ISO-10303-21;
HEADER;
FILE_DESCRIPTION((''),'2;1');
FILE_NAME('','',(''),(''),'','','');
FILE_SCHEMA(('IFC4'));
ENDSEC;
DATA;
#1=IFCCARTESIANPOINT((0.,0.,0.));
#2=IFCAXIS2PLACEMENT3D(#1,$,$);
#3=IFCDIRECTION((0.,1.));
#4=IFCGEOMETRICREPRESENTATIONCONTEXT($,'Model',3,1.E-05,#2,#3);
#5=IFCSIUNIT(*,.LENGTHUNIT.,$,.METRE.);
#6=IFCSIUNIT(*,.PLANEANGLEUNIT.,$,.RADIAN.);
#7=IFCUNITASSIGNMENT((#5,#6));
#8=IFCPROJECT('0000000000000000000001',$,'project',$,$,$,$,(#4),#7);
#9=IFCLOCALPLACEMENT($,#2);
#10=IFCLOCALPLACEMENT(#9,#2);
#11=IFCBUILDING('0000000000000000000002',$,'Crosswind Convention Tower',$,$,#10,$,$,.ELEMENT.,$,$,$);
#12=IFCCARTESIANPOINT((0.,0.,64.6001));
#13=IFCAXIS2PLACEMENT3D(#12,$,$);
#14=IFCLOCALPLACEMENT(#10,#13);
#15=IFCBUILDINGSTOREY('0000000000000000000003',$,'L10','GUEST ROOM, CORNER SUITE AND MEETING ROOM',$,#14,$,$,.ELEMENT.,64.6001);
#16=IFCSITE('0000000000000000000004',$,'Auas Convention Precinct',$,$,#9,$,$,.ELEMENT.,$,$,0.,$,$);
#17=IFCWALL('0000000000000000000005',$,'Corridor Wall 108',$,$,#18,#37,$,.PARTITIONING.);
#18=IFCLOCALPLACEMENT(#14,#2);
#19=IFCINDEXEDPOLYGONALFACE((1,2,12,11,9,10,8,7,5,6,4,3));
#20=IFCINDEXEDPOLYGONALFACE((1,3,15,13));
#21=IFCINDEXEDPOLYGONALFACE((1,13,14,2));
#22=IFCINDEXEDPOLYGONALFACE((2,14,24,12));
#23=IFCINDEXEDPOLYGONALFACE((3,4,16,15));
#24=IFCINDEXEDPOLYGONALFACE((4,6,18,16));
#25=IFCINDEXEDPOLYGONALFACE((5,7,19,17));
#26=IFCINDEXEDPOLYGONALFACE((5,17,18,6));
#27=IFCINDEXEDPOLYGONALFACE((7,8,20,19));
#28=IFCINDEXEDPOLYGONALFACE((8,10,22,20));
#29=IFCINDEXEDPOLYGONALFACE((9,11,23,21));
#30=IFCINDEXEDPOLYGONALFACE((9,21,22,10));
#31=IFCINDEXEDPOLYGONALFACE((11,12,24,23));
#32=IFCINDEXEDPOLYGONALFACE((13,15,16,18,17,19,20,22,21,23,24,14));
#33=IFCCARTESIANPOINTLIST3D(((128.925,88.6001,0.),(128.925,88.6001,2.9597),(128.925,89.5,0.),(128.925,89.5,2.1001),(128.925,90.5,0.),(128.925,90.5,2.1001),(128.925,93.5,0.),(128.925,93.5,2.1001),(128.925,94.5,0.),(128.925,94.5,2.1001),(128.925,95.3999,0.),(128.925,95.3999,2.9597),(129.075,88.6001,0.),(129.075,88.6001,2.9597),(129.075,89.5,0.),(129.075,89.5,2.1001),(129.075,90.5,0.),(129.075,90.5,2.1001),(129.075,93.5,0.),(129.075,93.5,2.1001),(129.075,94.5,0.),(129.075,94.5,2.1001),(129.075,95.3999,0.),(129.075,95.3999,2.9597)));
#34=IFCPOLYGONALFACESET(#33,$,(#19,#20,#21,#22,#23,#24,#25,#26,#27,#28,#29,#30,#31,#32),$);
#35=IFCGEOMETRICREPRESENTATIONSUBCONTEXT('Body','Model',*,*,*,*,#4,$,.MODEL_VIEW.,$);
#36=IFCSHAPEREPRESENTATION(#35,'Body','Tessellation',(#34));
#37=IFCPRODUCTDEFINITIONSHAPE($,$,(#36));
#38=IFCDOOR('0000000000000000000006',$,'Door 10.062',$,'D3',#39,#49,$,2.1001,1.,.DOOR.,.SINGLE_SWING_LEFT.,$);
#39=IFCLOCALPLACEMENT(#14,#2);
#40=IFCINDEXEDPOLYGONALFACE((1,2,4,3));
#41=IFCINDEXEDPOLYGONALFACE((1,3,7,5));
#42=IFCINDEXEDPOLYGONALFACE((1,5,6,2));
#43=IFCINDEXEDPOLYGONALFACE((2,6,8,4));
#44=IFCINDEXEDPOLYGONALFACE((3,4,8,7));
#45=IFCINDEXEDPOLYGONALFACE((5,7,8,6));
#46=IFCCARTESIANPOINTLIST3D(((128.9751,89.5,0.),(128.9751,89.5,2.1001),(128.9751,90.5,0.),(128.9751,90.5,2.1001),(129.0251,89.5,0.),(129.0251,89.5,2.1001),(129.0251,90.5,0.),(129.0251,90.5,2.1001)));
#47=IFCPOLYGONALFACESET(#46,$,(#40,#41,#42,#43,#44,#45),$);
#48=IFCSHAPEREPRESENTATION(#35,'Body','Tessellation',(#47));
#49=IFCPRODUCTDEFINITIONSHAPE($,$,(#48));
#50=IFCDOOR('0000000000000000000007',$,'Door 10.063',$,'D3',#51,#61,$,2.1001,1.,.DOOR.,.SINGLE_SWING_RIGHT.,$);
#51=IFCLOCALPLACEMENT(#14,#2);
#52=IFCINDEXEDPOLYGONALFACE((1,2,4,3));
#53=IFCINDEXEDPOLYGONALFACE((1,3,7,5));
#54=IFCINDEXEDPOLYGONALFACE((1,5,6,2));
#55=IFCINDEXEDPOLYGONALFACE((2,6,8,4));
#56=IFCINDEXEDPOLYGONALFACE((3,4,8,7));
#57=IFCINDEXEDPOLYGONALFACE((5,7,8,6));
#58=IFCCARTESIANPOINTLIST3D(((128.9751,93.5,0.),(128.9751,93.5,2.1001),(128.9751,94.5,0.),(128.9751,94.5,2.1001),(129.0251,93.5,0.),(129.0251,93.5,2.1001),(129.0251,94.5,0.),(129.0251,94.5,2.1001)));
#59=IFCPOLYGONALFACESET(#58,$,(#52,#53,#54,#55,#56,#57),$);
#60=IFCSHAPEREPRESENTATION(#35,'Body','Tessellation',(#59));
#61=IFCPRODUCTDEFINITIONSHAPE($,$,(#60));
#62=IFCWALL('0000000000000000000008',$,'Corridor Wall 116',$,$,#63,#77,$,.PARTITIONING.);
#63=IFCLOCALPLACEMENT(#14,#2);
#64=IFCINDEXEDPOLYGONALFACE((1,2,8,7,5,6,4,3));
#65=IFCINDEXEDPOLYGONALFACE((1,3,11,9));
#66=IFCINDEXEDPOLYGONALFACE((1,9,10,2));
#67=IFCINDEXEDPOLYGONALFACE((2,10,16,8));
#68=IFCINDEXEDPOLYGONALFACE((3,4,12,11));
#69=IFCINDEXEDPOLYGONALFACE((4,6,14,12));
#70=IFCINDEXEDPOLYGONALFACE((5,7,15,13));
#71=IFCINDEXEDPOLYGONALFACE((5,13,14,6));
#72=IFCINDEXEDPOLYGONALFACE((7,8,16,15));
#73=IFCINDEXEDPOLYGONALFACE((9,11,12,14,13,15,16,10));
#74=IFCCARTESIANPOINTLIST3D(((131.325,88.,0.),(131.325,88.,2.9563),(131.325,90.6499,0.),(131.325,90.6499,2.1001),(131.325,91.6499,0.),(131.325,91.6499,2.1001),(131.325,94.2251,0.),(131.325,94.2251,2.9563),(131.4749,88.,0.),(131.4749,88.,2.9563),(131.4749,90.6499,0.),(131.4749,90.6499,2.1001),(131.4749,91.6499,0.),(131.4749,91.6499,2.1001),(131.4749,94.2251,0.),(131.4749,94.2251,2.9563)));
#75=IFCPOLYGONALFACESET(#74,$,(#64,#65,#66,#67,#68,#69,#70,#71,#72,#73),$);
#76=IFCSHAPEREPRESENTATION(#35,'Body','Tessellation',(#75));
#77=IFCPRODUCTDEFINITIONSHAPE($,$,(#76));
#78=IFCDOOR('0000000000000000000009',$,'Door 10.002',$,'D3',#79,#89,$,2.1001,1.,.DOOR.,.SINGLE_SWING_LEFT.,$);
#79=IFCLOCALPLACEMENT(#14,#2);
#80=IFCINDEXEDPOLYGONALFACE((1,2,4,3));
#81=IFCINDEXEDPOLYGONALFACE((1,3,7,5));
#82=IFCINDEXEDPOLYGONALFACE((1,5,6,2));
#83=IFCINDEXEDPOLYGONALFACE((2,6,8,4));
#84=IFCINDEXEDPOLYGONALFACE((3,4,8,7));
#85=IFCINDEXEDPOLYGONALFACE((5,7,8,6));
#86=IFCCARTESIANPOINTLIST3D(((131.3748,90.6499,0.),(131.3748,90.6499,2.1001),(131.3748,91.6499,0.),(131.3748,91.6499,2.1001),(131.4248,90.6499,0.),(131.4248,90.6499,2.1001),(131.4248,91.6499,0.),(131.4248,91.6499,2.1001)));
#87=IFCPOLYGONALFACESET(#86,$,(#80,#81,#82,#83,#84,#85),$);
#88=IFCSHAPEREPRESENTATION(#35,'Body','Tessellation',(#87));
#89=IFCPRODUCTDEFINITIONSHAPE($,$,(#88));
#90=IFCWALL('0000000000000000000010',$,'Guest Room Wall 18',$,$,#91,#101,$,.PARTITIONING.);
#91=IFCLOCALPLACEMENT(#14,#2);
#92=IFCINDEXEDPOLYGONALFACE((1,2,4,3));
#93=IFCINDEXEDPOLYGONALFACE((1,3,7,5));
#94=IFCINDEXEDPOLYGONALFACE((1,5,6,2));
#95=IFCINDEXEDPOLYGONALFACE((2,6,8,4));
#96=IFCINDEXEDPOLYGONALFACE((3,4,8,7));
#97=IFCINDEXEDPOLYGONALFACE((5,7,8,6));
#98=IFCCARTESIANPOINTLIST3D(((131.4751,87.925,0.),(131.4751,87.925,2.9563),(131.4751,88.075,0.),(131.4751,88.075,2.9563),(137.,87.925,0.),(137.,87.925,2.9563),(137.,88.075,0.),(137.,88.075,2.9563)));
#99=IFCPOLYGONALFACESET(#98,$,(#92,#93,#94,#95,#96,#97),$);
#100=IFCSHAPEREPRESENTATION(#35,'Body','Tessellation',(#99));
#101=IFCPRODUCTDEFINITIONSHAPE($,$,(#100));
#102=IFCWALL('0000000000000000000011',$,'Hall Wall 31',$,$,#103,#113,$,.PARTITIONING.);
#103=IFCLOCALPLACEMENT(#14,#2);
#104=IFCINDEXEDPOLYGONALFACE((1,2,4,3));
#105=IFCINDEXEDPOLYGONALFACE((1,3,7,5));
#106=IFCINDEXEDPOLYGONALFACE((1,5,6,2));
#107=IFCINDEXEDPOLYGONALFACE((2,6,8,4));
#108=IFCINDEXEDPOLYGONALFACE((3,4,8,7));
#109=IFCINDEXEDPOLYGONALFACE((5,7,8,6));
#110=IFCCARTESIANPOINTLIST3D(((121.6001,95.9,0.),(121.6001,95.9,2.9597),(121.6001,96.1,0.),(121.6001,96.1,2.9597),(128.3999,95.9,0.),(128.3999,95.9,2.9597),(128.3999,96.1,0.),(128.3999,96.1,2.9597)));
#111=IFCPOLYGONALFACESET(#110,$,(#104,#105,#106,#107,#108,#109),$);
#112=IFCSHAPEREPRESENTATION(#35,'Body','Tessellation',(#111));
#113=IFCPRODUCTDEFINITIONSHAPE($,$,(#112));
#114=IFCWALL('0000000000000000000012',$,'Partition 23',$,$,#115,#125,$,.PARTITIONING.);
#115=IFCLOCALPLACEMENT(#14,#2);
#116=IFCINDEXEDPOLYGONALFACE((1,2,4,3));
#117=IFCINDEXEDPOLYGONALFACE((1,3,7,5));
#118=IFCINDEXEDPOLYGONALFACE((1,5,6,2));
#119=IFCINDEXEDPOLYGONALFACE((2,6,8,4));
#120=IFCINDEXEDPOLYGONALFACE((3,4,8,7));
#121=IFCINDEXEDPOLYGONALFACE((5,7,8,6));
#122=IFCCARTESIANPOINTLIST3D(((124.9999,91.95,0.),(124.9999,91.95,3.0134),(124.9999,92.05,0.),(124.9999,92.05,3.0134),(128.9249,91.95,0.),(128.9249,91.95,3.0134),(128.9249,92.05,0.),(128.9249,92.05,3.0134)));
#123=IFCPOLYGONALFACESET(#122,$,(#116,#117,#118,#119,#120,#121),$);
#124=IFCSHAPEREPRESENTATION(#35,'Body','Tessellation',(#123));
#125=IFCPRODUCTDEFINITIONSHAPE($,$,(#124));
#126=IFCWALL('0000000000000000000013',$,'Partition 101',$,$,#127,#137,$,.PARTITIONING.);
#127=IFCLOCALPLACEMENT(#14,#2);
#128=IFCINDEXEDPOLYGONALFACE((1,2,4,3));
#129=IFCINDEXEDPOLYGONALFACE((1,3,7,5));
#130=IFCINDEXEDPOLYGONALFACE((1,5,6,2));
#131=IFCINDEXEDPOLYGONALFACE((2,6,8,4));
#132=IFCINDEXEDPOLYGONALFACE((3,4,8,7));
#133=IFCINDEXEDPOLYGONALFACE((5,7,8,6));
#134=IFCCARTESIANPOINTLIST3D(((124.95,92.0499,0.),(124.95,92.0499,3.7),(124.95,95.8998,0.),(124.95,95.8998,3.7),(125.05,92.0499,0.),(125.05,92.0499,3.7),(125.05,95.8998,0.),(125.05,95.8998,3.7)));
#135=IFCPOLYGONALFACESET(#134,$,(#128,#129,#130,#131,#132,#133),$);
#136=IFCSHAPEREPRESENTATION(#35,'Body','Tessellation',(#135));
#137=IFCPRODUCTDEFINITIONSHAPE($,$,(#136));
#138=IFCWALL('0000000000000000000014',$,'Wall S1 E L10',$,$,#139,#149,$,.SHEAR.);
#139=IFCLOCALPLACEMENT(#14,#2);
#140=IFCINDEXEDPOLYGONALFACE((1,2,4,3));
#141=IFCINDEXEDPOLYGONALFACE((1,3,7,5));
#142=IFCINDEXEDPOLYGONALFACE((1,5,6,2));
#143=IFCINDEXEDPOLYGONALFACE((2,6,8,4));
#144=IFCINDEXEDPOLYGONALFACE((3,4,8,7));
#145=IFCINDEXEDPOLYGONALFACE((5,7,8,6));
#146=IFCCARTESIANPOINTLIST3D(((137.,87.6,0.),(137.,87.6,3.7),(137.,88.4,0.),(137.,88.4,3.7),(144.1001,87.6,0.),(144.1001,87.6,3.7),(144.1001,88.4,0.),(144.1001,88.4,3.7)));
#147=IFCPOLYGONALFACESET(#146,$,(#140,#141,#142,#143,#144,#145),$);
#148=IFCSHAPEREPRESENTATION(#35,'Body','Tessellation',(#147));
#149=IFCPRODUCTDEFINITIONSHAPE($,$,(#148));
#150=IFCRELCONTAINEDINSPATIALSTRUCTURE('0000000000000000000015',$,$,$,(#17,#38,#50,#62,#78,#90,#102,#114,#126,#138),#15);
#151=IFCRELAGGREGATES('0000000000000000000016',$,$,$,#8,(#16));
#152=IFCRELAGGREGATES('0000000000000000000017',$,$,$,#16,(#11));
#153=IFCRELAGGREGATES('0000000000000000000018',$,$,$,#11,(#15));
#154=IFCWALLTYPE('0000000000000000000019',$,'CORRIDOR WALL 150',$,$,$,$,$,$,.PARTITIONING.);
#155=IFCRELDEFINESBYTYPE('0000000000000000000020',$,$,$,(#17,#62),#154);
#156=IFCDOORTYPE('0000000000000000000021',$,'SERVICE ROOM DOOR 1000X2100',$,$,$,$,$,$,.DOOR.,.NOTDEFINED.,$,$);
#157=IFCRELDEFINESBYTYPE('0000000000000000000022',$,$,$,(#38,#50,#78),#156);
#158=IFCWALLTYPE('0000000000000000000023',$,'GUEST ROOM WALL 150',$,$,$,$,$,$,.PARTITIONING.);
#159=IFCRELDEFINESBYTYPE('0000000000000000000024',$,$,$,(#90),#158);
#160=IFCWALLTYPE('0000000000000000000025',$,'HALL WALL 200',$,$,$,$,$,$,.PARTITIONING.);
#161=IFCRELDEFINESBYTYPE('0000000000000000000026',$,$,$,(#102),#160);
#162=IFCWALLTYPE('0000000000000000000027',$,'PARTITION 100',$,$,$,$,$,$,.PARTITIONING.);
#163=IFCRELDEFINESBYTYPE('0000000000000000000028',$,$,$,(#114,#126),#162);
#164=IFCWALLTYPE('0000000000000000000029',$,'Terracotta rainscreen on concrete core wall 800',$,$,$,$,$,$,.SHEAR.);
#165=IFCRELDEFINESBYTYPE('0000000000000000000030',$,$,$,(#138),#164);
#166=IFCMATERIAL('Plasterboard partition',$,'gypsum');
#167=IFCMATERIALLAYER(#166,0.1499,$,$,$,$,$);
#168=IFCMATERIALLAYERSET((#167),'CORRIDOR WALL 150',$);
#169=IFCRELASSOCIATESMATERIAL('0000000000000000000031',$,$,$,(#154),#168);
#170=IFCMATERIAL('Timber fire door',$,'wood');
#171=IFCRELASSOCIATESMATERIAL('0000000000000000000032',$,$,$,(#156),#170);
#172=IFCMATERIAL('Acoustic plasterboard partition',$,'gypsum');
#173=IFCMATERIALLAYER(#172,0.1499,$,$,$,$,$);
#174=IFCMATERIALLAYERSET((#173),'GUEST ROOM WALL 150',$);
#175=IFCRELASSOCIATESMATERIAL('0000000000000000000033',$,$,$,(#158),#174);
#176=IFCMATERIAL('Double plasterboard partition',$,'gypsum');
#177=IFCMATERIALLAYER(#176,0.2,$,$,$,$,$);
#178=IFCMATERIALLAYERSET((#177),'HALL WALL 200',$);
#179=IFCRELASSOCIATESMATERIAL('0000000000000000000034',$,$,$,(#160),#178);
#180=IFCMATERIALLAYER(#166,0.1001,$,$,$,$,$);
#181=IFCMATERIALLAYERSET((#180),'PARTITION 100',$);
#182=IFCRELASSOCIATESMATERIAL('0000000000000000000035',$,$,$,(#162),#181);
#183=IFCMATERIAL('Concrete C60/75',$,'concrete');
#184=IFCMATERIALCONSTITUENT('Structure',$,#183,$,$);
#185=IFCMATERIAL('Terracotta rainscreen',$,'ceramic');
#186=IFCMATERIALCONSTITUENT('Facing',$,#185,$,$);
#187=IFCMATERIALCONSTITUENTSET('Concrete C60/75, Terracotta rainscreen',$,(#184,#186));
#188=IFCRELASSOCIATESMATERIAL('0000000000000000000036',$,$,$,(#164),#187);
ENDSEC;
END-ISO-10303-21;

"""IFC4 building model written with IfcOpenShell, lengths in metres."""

from ifc_helpers import new_model, si_unit, direction, frame, frame_2d, origin, place, context, subcontext, project, spatial, rectangle, extrude, material, layer, layer_set, constituent, constituent_set, type_object, element, fill, save


model = new_model("IFC4")

# Units and contexts
model_context = context("Model", 3, precision=1e-05, world=origin(), true_north=direction((0.0, 1.0)))
body_context = subcontext(model_context, "Body", "Model", "MODEL_VIEW")
ifc_project = project(units=[si_unit("LENGTHUNIT", "METRE"), si_unit("PLANEANGLEUNIT", "RADIAN")], contexts=[model_context])

# Site, building, storey
site_placement = place(None, origin())
site = spatial("IfcSite", under=ifc_project, at=site_placement, Name="Auas Convention Precinct", CompositionType="ELEMENT", RefElevation=0.0)
building_placement = place(site_placement, origin())
building = spatial("IfcBuilding", under=site, at=building_placement, Name="Crosswind Convention Tower", CompositionType="ELEMENT")
storey_placement = place(building_placement, frame((0.0, 0.0, 64.6001)))
storey = spatial("IfcBuildingStorey", under=building, at=storey_placement, Name="L10", Description="GUEST ROOM, CORNER SUITE AND MEETING ROOM", CompositionType="ELEMENT", Elevation=64.6001)

# Shared definitions
ifc_material_1 = material(Name="Plasterboard partition", Category="gypsum")
ifc_layer_1 = layer(ifc_material_1, 0.1499)
ifc_layer_set_1 = layer_set([ifc_layer_1], Name="CORRIDOR WALL 150")
wall_type_1 = type_object("IfcWallType", Name="CORRIDOR WALL 150", PredefinedType="PARTITIONING", material=ifc_layer_set_1)

# Wall, openings, doors
wall_1_placement = place(storey_placement, frame((129.0, 88.6001, 0.0), z_axis=(0.0, 0.0, 1.0), x_axis=(0.0, 1.0, 0.0)))
wall_1 = element("IfcWall", 1, at=wall_1_placement, inside=storey, type_object=wall_type_1, Name="Corridor Wall 108", PredefinedType="PARTITIONING", context=body_context, shape_type="SweptSolid", body=[
    extrude(rectangle(XDim=6.7998, YDim=0.1499, at=frame_2d((3.3999, 0.0))), origin(), (0.0, 0.0, 1.0), 2.9597),
])
opening_1_placement = place(wall_1_placement, frame((0.8999, 0.0, 0.0)))
opening_1 = element("IfcOpeningElement", 2, at=opening_1_placement, cuts=wall_1, PredefinedType="OPENING", context=body_context, shape_type="SweptSolid", body=[
    extrude(rectangle(XDim=1.0, YDim=2.1001, at=frame_2d((0.5, 1.05))), frame((0.0, 0.085, 0.0), z_axis=(0.0, -1.0, 0.0), x_axis=(1.0, 0.0, 0.0)), (0.0, 0.0, 1.0), 0.1699),
])
opening_2_placement = place(wall_1_placement, frame((4.8999, 0.0, 0.0)))
opening_2 = element("IfcOpeningElement", 3, at=opening_2_placement, cuts=wall_1, PredefinedType="OPENING", context=body_context, shape_type="SweptSolid", body=[
    extrude(rectangle(XDim=1.0, YDim=2.1001, at=frame_2d((0.5, 1.05))), frame((0.0, 0.085, 0.0), z_axis=(0.0, -1.0, 0.0), x_axis=(1.0, 0.0, 0.0)), (0.0, 0.0, 1.0), 0.1699),
])
ifc_material_2 = material(Name="Timber fire door", Category="wood")
door_type = type_object("IfcDoorType", Name="SERVICE ROOM DOOR 1000X2100", OperationType="NOTDEFINED", PredefinedType="DOOR", material=ifc_material_2)
door_1_placement = place(opening_1_placement, origin())
door_1 = element("IfcDoor", 4, at=door_1_placement, inside=storey, type_object=door_type, Name="Door 10.062", ObjectType="D3", OperationType="SINGLE_SWING_LEFT", OverallHeight=2.1001, OverallWidth=1.0, PredefinedType="DOOR", context=body_context, shape_type="SweptSolid", body=[
    extrude(rectangle(XDim=1.0, YDim=2.1001, at=frame_2d((0.5, 1.05))), frame((0.0, 0.0249, 0.0), z_axis=(0.0, -1.0, 0.0), x_axis=(1.0, 0.0, 0.0)), (0.0, 0.0, 1.0), 0.05),
])
fill(opening_1, door_1)
door_2_placement = place(opening_2_placement, origin())
door_2 = element("IfcDoor", 5, at=door_2_placement, inside=storey, type_object=door_type, Name="Door 10.063", ObjectType="D3", OperationType="SINGLE_SWING_RIGHT", OverallHeight=2.1001, OverallWidth=1.0, PredefinedType="DOOR", context=body_context, shape_type="SweptSolid", body=[
    extrude(rectangle(XDim=1.0, YDim=2.1001, at=frame_2d((0.5, 1.05))), frame((0.0, 0.0249, 0.0), z_axis=(0.0, -1.0, 0.0), x_axis=(1.0, 0.0, 0.0)), (0.0, 0.0, 1.0), 0.05),
])
fill(opening_2, door_2)

# Wall, opening, door
wall_2_placement = place(storey_placement, frame((131.3999, 88.0, 0.0), z_axis=(0.0, 0.0, 1.0), x_axis=(0.0, 1.0, 0.0)))
wall_2 = element("IfcWall", 6, at=wall_2_placement, inside=storey, type_object=wall_type_1, Name="Corridor Wall 116", PredefinedType="PARTITIONING", context=body_context, shape_type="SweptSolid", body=[
    extrude(rectangle(XDim=6.2251, YDim=0.1499, at=frame_2d((3.1125, 0.0))), origin(), (0.0, 0.0, 1.0), 2.9563),
])
opening_3_placement = place(wall_2_placement, frame((2.6499, 0.0, 0.0)))
opening_3 = element("IfcOpeningElement", 7, at=opening_3_placement, cuts=wall_2, PredefinedType="OPENING", context=body_context, shape_type="SweptSolid", body=[
    extrude(rectangle(XDim=1.0, YDim=2.1001, at=frame_2d((0.5, 1.05))), frame((0.0, 0.085, 0.0), z_axis=(0.0, -1.0, 0.0), x_axis=(1.0, 0.0, 0.0)), (0.0, 0.0, 1.0), 0.1699),
])
door_3_placement = place(opening_3_placement, frame((1.0, 0.0, 0.0), z_axis=(0.0, 0.0, 1.0), x_axis=(-1.0, 0.0, 0.0)))
door_3 = element("IfcDoor", 8, at=door_3_placement, inside=storey, type_object=door_type, Name="Door 10.002", ObjectType="D3", OperationType="SINGLE_SWING_LEFT", OverallHeight=2.1001, OverallWidth=1.0, PredefinedType="DOOR", context=body_context, shape_type="SweptSolid", body=[
    extrude(rectangle(XDim=1.0, YDim=2.1001, at=frame_2d((0.5, 1.05))), frame((0.0, 0.0249, 0.0), z_axis=(0.0, -1.0, 0.0), x_axis=(1.0, 0.0, 0.0)), (0.0, 0.0, 1.0), 0.05),
])
fill(opening_3, door_3)

# Walls
ifc_material_3 = material(Name="Acoustic plasterboard partition", Category="gypsum")
ifc_layer_2 = layer(ifc_material_3, 0.1499)
ifc_layer_set_2 = layer_set([ifc_layer_2], Name="GUEST ROOM WALL 150")
wall_type_2 = type_object("IfcWallType", Name="GUEST ROOM WALL 150", PredefinedType="PARTITIONING", material=ifc_layer_set_2)
wall_3_placement = place(storey_placement, frame((131.4751, 88.0, 0.0), z_axis=(0.0, 0.0, 1.0), x_axis=(1.0, 0.0, 0.0)))
element("IfcWall", 9, at=wall_3_placement, inside=storey, type_object=wall_type_2, Name="Guest Room Wall 18", PredefinedType="PARTITIONING", context=body_context, shape_type="SweptSolid", body=[
    extrude(rectangle(XDim=5.5249, YDim=0.1499, at=frame_2d((2.7625, 0.0))), origin(), (0.0, 0.0, 1.0), 2.9563),
])
ifc_material_4 = material(Name="Double plasterboard partition", Category="gypsum")
ifc_layer_3 = layer(ifc_material_4, 0.2)
ifc_layer_set_3 = layer_set([ifc_layer_3], Name="HALL WALL 200")
wall_type_3 = type_object("IfcWallType", Name="HALL WALL 200", PredefinedType="PARTITIONING", material=ifc_layer_set_3)
wall_4_placement = place(storey_placement, frame((121.6001, 96.0, 0.0), z_axis=(0.0, 0.0, 1.0), x_axis=(1.0, 0.0, 0.0)))
element("IfcWall", 10, at=wall_4_placement, inside=storey, type_object=wall_type_3, Name="Hall Wall 31", PredefinedType="PARTITIONING", context=body_context, shape_type="SweptSolid", body=[
    extrude(rectangle(XDim=6.7998, YDim=0.2, at=frame_2d((3.3999, 0.0))), origin(), (0.0, 0.0, 1.0), 2.9597),
])
ifc_layer_4 = layer(ifc_material_1, 0.1001)
ifc_layer_set_4 = layer_set([ifc_layer_4], Name="PARTITION 100")
wall_type_4 = type_object("IfcWallType", Name="PARTITION 100", PredefinedType="PARTITIONING", material=ifc_layer_set_4)
wall_5_placement = place(storey_placement, frame((125.0, 92.0, 0.0), z_axis=(0.0, 0.0, 1.0), x_axis=(1.0, 0.0, 0.0)))
element("IfcWall", 11, at=wall_5_placement, inside=storey, type_object=wall_type_4, Name="Partition 23", PredefinedType="PARTITIONING", context=body_context, shape_type="SweptSolid", body=[
    extrude(rectangle(XDim=3.925, YDim=0.1001, at=frame_2d((1.9624, 0.0))), origin(), (0.0, 0.0, 1.0), 3.0134),
])
wall_6_placement = place(storey_placement, frame((125.0, 92.05, 0.0), z_axis=(0.0, 0.0, 1.0), x_axis=(0.0, 1.0, 0.0)))
element("IfcWall", 12, at=wall_6_placement, inside=storey, type_object=wall_type_4, Name="Partition 101", PredefinedType="PARTITIONING", context=body_context, shape_type="SweptSolid", body=[
    extrude(rectangle(XDim=3.8499, YDim=0.1001, at=frame_2d((1.9248, 0.0))), origin(), (0.0, 0.0, 1.0), 3.7),
])
ifc_material_5 = material(Name="Concrete C60/75", Category="concrete")
ifc_constituent_1 = constituent(ifc_material_5, Name="Structure")
ifc_material_6 = material(Name="Terracotta rainscreen", Category="ceramic")
ifc_constituent_2 = constituent(ifc_material_6, Name="Facing")
ifc_constituent_set = constituent_set(constituents=[ifc_constituent_1, ifc_constituent_2], Name="Concrete C60/75, Terracotta rainscreen")
wall_type_5 = type_object("IfcWallType", Name="Terracotta rainscreen on concrete core wall 800", PredefinedType="SHEAR", material=ifc_constituent_set)
wall_7_placement = place(storey_placement, frame((137.0, 88.0, 0.0), z_axis=(0.0, 0.0, 1.0), x_axis=(1.0, 0.0, 0.0)))
element("IfcWall", 13, at=wall_7_placement, inside=storey, type_object=wall_type_5, Name="Wall S1 E L10", PredefinedType="SHEAR", context=body_context, shape_type="SweptSolid", body=[
    extrude(rectangle(XDim=7.1001, YDim=0.8, at=frame_2d((3.55, 0.0))), origin(), (0.0, 0.0, 1.0), 3.7),
])

save(model, "model.ifc")
